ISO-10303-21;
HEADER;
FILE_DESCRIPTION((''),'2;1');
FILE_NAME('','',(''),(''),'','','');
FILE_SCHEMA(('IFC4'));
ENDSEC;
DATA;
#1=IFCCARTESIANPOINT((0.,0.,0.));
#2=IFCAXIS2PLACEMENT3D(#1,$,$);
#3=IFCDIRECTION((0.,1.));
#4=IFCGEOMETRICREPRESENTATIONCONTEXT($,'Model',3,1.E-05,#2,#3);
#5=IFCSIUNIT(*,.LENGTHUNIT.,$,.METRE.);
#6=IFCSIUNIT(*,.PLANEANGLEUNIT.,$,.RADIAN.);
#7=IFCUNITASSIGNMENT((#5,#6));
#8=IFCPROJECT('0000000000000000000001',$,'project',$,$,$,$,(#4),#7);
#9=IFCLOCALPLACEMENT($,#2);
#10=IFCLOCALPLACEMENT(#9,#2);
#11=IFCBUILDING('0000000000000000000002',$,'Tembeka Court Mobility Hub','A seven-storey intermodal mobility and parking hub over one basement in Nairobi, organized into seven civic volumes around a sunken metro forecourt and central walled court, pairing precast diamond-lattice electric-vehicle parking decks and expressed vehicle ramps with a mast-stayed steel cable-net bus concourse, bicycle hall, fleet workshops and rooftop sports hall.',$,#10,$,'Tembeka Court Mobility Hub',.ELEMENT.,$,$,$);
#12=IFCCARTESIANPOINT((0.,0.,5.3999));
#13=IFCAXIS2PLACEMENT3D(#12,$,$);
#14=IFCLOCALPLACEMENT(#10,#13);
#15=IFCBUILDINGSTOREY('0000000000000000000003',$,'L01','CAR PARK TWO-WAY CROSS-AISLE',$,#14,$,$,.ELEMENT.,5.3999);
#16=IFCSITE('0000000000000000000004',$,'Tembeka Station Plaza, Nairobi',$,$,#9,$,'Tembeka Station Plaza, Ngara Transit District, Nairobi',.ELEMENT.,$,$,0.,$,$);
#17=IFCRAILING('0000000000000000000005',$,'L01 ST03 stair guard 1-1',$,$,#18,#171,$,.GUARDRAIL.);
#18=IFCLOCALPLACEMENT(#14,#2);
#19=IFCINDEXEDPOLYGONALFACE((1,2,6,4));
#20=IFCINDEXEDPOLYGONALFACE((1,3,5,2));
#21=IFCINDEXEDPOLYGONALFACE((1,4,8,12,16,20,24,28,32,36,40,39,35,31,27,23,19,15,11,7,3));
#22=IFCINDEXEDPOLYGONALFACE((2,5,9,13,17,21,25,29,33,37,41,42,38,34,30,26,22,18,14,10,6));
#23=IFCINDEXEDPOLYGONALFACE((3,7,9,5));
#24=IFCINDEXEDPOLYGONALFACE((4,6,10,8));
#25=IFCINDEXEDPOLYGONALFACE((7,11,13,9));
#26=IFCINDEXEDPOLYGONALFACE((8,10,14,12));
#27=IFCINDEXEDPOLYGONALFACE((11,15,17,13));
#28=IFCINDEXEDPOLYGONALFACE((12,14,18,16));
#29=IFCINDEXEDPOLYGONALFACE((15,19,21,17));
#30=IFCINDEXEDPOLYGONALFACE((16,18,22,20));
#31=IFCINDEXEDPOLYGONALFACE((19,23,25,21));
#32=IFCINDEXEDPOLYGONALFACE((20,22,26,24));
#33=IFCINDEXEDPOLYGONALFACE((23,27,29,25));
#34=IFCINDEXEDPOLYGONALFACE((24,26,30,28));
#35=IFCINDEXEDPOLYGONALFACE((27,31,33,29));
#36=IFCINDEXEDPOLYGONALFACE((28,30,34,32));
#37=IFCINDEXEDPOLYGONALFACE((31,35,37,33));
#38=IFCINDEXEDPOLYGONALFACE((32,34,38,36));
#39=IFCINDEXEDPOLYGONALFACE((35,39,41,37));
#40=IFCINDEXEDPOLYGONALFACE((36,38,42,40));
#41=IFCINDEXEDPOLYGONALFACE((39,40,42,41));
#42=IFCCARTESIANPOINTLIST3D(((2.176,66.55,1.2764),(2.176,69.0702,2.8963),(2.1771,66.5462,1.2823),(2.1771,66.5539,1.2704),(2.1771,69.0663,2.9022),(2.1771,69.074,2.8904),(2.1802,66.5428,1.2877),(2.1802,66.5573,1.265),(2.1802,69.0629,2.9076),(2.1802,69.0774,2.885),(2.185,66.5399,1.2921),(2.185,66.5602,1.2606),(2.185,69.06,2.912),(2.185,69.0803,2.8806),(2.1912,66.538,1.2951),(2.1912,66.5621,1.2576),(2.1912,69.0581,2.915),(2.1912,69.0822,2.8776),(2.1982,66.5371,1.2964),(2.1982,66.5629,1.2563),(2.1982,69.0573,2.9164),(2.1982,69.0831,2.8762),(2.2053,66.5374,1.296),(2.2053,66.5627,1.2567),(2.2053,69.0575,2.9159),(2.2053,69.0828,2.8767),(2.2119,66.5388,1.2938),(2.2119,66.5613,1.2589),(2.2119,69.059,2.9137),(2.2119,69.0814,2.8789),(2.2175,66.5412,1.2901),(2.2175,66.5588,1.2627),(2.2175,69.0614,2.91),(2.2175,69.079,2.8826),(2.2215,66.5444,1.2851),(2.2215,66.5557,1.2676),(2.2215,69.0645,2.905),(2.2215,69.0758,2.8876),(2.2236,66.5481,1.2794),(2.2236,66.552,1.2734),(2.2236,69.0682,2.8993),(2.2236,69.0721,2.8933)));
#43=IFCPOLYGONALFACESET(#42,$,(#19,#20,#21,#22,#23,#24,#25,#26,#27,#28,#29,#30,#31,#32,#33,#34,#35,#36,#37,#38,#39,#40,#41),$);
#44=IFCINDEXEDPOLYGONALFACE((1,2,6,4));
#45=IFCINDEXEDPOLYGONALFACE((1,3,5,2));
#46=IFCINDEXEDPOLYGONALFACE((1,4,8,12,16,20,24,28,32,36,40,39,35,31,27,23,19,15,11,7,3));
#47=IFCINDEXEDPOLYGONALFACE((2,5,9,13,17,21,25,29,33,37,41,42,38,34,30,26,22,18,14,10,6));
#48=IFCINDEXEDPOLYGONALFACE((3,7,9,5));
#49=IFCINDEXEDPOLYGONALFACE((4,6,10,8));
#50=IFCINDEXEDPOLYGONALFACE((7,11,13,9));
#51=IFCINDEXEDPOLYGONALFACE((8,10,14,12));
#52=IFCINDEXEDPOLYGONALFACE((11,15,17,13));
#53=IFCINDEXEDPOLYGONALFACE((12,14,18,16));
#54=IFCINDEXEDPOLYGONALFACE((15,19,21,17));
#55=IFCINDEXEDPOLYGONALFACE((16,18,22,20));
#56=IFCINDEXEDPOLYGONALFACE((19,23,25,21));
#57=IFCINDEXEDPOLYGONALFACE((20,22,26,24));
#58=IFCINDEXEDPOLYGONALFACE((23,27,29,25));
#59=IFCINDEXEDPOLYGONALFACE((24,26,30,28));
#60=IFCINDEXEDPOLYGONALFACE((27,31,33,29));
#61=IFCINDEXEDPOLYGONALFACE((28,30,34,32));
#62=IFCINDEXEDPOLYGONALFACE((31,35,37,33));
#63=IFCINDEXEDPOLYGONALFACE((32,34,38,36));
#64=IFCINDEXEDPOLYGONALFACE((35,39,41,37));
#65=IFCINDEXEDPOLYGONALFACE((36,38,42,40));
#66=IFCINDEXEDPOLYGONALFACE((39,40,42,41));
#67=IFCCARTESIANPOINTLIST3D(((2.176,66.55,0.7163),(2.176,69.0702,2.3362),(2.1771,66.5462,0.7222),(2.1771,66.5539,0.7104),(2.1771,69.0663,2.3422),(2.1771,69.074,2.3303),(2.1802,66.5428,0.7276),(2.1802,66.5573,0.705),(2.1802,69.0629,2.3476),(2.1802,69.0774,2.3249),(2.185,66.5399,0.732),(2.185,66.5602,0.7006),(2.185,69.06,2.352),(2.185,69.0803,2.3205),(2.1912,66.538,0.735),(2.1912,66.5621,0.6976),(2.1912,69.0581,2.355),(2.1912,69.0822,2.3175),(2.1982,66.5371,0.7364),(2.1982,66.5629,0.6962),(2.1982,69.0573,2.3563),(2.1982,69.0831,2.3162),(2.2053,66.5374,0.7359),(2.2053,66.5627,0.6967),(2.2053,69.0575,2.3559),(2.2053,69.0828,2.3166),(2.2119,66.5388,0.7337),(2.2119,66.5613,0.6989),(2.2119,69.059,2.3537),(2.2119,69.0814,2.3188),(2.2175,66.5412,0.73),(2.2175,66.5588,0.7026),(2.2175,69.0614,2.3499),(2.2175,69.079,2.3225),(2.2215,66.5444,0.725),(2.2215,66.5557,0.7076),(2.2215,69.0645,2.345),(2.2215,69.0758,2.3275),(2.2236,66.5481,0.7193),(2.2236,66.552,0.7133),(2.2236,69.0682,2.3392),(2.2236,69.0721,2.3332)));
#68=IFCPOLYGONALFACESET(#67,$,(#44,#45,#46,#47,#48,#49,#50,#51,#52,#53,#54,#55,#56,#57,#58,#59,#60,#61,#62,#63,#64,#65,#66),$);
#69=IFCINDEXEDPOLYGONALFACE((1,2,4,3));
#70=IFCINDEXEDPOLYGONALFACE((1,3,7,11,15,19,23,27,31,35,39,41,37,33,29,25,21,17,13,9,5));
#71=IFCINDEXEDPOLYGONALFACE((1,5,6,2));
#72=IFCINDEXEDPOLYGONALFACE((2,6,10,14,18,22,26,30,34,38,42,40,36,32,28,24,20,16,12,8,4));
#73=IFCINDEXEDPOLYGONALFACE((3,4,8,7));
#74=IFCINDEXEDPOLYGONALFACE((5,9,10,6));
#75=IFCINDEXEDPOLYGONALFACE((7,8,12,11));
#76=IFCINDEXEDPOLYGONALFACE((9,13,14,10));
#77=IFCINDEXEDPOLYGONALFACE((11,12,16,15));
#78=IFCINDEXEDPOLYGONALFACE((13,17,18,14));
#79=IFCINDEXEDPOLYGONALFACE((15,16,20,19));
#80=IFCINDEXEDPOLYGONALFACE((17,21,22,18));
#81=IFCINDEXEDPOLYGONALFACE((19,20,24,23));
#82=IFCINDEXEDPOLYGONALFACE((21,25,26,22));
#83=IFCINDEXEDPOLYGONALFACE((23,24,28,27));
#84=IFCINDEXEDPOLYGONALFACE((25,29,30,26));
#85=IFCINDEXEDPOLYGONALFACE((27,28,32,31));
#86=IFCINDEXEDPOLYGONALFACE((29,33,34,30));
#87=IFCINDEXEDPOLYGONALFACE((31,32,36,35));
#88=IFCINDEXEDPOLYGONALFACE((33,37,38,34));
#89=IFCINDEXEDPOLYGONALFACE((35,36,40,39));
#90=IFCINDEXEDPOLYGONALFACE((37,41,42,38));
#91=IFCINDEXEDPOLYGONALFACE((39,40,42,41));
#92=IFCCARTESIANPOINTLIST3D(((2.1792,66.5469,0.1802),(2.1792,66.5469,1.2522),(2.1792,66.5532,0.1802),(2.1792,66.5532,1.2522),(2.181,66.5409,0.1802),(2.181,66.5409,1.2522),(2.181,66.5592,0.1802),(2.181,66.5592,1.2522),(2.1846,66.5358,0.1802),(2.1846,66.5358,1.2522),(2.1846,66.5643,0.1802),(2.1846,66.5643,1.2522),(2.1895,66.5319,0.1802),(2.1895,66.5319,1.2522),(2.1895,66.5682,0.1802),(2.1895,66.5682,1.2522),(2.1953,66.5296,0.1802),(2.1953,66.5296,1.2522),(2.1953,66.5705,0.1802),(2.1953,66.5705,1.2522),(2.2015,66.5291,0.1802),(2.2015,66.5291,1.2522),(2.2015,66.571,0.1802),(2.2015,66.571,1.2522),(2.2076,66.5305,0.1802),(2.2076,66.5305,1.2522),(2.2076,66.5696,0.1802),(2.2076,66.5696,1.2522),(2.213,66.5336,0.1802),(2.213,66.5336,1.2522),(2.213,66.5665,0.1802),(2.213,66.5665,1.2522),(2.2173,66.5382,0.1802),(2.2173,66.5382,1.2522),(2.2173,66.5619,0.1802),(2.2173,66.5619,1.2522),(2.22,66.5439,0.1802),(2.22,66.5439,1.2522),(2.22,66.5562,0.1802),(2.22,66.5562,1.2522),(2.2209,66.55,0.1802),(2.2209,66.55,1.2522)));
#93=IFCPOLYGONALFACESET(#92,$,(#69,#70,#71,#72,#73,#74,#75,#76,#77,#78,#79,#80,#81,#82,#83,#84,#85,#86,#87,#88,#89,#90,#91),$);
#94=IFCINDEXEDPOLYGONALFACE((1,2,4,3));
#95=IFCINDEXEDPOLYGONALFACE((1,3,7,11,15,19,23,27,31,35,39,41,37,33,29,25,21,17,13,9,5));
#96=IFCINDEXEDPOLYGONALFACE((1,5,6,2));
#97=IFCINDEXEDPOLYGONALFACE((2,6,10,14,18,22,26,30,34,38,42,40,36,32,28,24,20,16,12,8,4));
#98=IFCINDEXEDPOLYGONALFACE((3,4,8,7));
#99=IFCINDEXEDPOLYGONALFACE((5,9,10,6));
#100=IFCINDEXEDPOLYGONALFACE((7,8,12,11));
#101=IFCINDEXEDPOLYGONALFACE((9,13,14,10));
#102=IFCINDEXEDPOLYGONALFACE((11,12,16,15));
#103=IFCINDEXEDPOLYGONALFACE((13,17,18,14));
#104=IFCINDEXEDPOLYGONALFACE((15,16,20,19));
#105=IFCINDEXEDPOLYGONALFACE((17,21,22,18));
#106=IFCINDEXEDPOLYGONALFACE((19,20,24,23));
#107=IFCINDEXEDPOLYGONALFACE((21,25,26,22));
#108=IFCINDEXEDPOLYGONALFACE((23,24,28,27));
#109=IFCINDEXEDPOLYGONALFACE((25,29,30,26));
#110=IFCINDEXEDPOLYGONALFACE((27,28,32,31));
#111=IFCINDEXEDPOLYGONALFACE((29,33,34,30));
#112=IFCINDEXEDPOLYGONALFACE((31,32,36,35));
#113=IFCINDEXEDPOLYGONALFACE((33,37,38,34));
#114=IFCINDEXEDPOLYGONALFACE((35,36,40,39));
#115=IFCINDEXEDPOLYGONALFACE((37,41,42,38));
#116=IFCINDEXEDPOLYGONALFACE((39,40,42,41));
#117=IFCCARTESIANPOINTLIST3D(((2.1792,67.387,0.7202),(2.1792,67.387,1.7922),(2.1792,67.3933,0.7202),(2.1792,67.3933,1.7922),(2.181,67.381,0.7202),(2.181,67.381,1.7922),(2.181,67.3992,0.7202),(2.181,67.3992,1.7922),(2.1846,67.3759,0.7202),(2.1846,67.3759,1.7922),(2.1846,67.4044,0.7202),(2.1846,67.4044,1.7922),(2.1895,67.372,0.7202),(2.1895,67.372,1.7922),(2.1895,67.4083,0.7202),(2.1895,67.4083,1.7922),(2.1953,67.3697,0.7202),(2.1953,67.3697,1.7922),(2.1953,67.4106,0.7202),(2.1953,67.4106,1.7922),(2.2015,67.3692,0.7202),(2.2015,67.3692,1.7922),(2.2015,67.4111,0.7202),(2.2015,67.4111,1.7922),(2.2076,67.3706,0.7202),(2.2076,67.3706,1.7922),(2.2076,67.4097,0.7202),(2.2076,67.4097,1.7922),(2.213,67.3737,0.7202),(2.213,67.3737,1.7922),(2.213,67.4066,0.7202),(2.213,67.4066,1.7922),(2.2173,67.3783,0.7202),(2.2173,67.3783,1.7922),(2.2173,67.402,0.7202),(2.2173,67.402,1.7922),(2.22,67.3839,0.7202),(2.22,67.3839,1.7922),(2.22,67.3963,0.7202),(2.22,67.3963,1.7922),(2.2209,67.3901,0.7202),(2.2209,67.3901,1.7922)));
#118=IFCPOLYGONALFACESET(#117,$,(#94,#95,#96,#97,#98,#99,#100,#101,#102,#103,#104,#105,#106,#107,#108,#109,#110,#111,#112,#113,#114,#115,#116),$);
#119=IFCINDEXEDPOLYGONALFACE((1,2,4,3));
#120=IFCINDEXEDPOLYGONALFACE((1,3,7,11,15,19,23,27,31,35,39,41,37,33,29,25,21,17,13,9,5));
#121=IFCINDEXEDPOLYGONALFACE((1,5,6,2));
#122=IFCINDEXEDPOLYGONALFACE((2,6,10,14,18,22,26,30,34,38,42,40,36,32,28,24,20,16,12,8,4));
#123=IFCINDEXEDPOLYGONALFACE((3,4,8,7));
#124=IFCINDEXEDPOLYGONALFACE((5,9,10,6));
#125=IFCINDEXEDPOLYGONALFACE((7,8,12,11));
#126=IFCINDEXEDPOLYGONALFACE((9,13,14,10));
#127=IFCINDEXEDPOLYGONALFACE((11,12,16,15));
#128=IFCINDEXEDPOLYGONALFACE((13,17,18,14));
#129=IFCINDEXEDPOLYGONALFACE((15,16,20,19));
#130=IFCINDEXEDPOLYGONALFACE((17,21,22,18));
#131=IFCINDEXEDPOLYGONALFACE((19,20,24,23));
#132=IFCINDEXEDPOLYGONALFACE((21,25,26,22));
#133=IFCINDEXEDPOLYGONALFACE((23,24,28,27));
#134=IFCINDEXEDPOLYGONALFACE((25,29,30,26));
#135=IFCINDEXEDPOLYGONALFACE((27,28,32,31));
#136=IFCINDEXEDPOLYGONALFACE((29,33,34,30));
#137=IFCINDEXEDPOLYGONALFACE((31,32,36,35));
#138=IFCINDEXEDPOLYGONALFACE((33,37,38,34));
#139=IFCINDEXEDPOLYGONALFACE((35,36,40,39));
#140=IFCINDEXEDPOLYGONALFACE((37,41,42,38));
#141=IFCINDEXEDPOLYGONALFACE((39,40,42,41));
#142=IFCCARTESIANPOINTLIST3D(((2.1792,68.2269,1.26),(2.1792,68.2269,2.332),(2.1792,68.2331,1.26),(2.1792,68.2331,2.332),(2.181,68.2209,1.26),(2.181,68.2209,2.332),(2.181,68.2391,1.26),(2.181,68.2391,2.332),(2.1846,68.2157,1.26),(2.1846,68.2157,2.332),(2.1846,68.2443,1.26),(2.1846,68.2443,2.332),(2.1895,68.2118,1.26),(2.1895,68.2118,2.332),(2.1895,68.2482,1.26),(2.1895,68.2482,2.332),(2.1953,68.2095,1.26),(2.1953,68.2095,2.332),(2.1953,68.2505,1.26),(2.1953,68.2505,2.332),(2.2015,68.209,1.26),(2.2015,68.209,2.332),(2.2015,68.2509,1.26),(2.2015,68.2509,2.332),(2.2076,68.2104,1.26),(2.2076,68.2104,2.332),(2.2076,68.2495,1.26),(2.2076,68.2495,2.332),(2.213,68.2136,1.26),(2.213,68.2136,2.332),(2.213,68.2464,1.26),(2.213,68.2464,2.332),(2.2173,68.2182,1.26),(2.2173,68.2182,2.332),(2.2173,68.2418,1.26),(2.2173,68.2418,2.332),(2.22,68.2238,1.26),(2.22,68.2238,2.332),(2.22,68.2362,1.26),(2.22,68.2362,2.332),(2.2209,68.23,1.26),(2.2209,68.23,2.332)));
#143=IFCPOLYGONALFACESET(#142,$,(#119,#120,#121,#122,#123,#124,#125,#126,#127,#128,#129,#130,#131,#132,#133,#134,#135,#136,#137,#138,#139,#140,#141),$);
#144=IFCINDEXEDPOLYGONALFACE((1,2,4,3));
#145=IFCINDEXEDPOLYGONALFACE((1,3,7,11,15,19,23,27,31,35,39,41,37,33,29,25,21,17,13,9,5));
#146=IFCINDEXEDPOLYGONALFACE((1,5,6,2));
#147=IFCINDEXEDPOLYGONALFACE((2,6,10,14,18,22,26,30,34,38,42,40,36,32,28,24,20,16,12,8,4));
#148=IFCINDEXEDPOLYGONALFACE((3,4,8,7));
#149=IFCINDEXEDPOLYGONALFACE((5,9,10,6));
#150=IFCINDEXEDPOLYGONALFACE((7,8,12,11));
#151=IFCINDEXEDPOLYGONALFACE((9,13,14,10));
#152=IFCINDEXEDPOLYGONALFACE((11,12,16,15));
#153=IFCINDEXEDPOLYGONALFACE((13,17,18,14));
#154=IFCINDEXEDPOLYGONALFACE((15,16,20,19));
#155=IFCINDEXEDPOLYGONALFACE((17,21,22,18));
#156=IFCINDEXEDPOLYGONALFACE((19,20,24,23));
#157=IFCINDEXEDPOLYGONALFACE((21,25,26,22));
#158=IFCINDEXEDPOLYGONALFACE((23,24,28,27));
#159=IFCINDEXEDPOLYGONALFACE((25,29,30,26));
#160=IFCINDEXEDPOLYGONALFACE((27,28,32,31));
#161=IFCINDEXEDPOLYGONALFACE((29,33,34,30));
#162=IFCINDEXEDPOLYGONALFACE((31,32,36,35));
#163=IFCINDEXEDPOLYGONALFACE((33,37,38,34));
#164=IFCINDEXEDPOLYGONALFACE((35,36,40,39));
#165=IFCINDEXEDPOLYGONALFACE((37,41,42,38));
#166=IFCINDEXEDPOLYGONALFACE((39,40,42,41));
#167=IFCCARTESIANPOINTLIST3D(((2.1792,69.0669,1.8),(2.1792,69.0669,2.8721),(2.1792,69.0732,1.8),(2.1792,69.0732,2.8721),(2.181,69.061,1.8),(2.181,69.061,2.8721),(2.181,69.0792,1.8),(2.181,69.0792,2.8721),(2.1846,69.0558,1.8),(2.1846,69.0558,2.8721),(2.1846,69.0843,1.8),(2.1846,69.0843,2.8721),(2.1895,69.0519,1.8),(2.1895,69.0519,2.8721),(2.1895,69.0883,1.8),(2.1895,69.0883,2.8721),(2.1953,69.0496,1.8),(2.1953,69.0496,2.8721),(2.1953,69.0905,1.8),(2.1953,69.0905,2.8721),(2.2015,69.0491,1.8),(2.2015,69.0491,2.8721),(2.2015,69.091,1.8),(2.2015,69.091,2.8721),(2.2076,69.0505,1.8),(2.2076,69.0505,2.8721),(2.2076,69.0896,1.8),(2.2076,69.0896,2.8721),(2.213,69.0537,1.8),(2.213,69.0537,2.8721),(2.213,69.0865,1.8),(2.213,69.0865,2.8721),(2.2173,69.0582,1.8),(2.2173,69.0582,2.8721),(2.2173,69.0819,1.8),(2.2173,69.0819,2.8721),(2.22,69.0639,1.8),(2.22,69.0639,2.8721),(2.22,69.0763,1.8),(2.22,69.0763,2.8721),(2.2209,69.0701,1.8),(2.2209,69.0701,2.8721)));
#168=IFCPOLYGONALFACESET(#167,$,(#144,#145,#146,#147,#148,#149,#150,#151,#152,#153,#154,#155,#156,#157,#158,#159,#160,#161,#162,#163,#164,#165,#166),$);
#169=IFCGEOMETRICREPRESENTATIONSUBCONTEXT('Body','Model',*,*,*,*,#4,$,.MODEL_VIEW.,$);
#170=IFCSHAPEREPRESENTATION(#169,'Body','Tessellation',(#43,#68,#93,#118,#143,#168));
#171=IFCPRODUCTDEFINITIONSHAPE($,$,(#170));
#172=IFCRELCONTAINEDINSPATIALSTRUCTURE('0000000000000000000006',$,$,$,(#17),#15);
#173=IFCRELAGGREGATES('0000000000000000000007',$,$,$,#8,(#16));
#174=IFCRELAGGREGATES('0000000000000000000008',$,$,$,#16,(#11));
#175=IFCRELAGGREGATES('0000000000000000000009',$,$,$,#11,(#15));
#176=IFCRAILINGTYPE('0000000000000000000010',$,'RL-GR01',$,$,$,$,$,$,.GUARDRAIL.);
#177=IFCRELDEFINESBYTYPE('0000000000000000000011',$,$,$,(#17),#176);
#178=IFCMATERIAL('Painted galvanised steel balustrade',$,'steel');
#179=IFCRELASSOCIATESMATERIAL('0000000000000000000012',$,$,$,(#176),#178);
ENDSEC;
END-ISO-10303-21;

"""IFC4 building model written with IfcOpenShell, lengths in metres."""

from ifc_helpers import new_model, si_unit, direction, frame, origin, origin_2d, place, context, subcontext, project, spatial, circle, extrude, material, type_object, element, save


model = new_model("IFC4")

# Units and contexts
model_context = context("Model", 3, precision=1e-05, world=origin(), true_north=direction((0.0, 1.0)))
body_context = subcontext(model_context, "Body", "Model", "MODEL_VIEW")
ifc_project = project(units=[si_unit("LENGTHUNIT", "METRE"), si_unit("PLANEANGLEUNIT", "RADIAN")], contexts=[model_context])

# Site, building, storey
site_placement = place(None, origin())
site = spatial("IfcSite", under=ifc_project, at=site_placement, Name="Tembeka Station Plaza, Nairobi", LongName="Tembeka Station Plaza, Ngara Transit District, Nairobi", CompositionType="ELEMENT", RefElevation=0.0)
building_placement = place(site_placement, origin())
building = spatial("IfcBuilding", under=site, at=building_placement, Name="Tembeka Court Mobility Hub", Description="A seven-storey intermodal mobility and parking hub over one basement in Nairobi, organized into seven civic volumes around a sunken metro forecourt and central walled court, pairing precast diamond-lattice electric-vehicle parking decks and expressed vehicle ramps with a mast-stayed steel cable-net bus concourse, bicycle hall, fleet workshops and rooftop sports hall.", LongName="Tembeka Court Mobility Hub", CompositionType="ELEMENT")
storey_placement = place(building_placement, frame((0.0, 0.0, 5.3999)))
storey = spatial("IfcBuildingStorey", under=building, at=storey_placement, Name="L01", Description="CAR PARK TWO-WAY CROSS-AISLE", CompositionType="ELEMENT", Elevation=5.3999)

# Railing
ifc_material_1 = material(Name="Painted galvanised steel balustrade", Category="steel")
railing_type_1 = type_object("IfcRailingType", Name="RL-GR01", PredefinedType="GUARDRAIL", material=ifc_material_1)
railing_1_placement = place(storey_placement, frame((2.2, 66.55, 0.1802)))
element("IfcRailing", 1, at=railing_1_placement, inside=storey, type_object=railing_type_1, Name="L01 ST03 stair guard 1-1", PredefinedType="GUARDRAIL", context=body_context, shape_type="SweptSolid", body=[
    extrude(circle(Radius=0.0239, at=origin_2d()), frame((0.0, 0.0, 1.0962), z_axis=(0.0, 0.8412, 0.540725), x_axis=(-1.0, 0.0, 0.0)), (0.0, 0.0, 1.0), 2.9958),
    extrude(circle(Radius=0.0239, at=origin_2d()), frame((0.0, 0.0, 0.5361), z_axis=(0.0, 0.8412, 0.540725), x_axis=(-1.0, 0.0, 0.0)), (0.0, 0.0, 1.0), 2.9958),
    extrude(circle(Radius=0.021, at=origin_2d()), origin(), (0.0, 0.0, 1.0), 1.072),
    extrude(circle(Radius=0.021, at=origin_2d()), frame((0.0, 0.8401, 0.54)), (0.0, 0.0, 1.0), 1.072),
    extrude(circle(Radius=0.021, at=origin_2d()), frame((0.0, 1.6799, 1.0798)), (0.0, 0.0, 1.0), 1.072),
    extrude(circle(Radius=0.021, at=origin_2d()), frame((0.0, 2.52, 1.6199)), (0.0, 0.0, 1.0), 1.072),
])

save(model, "model.ifc")
